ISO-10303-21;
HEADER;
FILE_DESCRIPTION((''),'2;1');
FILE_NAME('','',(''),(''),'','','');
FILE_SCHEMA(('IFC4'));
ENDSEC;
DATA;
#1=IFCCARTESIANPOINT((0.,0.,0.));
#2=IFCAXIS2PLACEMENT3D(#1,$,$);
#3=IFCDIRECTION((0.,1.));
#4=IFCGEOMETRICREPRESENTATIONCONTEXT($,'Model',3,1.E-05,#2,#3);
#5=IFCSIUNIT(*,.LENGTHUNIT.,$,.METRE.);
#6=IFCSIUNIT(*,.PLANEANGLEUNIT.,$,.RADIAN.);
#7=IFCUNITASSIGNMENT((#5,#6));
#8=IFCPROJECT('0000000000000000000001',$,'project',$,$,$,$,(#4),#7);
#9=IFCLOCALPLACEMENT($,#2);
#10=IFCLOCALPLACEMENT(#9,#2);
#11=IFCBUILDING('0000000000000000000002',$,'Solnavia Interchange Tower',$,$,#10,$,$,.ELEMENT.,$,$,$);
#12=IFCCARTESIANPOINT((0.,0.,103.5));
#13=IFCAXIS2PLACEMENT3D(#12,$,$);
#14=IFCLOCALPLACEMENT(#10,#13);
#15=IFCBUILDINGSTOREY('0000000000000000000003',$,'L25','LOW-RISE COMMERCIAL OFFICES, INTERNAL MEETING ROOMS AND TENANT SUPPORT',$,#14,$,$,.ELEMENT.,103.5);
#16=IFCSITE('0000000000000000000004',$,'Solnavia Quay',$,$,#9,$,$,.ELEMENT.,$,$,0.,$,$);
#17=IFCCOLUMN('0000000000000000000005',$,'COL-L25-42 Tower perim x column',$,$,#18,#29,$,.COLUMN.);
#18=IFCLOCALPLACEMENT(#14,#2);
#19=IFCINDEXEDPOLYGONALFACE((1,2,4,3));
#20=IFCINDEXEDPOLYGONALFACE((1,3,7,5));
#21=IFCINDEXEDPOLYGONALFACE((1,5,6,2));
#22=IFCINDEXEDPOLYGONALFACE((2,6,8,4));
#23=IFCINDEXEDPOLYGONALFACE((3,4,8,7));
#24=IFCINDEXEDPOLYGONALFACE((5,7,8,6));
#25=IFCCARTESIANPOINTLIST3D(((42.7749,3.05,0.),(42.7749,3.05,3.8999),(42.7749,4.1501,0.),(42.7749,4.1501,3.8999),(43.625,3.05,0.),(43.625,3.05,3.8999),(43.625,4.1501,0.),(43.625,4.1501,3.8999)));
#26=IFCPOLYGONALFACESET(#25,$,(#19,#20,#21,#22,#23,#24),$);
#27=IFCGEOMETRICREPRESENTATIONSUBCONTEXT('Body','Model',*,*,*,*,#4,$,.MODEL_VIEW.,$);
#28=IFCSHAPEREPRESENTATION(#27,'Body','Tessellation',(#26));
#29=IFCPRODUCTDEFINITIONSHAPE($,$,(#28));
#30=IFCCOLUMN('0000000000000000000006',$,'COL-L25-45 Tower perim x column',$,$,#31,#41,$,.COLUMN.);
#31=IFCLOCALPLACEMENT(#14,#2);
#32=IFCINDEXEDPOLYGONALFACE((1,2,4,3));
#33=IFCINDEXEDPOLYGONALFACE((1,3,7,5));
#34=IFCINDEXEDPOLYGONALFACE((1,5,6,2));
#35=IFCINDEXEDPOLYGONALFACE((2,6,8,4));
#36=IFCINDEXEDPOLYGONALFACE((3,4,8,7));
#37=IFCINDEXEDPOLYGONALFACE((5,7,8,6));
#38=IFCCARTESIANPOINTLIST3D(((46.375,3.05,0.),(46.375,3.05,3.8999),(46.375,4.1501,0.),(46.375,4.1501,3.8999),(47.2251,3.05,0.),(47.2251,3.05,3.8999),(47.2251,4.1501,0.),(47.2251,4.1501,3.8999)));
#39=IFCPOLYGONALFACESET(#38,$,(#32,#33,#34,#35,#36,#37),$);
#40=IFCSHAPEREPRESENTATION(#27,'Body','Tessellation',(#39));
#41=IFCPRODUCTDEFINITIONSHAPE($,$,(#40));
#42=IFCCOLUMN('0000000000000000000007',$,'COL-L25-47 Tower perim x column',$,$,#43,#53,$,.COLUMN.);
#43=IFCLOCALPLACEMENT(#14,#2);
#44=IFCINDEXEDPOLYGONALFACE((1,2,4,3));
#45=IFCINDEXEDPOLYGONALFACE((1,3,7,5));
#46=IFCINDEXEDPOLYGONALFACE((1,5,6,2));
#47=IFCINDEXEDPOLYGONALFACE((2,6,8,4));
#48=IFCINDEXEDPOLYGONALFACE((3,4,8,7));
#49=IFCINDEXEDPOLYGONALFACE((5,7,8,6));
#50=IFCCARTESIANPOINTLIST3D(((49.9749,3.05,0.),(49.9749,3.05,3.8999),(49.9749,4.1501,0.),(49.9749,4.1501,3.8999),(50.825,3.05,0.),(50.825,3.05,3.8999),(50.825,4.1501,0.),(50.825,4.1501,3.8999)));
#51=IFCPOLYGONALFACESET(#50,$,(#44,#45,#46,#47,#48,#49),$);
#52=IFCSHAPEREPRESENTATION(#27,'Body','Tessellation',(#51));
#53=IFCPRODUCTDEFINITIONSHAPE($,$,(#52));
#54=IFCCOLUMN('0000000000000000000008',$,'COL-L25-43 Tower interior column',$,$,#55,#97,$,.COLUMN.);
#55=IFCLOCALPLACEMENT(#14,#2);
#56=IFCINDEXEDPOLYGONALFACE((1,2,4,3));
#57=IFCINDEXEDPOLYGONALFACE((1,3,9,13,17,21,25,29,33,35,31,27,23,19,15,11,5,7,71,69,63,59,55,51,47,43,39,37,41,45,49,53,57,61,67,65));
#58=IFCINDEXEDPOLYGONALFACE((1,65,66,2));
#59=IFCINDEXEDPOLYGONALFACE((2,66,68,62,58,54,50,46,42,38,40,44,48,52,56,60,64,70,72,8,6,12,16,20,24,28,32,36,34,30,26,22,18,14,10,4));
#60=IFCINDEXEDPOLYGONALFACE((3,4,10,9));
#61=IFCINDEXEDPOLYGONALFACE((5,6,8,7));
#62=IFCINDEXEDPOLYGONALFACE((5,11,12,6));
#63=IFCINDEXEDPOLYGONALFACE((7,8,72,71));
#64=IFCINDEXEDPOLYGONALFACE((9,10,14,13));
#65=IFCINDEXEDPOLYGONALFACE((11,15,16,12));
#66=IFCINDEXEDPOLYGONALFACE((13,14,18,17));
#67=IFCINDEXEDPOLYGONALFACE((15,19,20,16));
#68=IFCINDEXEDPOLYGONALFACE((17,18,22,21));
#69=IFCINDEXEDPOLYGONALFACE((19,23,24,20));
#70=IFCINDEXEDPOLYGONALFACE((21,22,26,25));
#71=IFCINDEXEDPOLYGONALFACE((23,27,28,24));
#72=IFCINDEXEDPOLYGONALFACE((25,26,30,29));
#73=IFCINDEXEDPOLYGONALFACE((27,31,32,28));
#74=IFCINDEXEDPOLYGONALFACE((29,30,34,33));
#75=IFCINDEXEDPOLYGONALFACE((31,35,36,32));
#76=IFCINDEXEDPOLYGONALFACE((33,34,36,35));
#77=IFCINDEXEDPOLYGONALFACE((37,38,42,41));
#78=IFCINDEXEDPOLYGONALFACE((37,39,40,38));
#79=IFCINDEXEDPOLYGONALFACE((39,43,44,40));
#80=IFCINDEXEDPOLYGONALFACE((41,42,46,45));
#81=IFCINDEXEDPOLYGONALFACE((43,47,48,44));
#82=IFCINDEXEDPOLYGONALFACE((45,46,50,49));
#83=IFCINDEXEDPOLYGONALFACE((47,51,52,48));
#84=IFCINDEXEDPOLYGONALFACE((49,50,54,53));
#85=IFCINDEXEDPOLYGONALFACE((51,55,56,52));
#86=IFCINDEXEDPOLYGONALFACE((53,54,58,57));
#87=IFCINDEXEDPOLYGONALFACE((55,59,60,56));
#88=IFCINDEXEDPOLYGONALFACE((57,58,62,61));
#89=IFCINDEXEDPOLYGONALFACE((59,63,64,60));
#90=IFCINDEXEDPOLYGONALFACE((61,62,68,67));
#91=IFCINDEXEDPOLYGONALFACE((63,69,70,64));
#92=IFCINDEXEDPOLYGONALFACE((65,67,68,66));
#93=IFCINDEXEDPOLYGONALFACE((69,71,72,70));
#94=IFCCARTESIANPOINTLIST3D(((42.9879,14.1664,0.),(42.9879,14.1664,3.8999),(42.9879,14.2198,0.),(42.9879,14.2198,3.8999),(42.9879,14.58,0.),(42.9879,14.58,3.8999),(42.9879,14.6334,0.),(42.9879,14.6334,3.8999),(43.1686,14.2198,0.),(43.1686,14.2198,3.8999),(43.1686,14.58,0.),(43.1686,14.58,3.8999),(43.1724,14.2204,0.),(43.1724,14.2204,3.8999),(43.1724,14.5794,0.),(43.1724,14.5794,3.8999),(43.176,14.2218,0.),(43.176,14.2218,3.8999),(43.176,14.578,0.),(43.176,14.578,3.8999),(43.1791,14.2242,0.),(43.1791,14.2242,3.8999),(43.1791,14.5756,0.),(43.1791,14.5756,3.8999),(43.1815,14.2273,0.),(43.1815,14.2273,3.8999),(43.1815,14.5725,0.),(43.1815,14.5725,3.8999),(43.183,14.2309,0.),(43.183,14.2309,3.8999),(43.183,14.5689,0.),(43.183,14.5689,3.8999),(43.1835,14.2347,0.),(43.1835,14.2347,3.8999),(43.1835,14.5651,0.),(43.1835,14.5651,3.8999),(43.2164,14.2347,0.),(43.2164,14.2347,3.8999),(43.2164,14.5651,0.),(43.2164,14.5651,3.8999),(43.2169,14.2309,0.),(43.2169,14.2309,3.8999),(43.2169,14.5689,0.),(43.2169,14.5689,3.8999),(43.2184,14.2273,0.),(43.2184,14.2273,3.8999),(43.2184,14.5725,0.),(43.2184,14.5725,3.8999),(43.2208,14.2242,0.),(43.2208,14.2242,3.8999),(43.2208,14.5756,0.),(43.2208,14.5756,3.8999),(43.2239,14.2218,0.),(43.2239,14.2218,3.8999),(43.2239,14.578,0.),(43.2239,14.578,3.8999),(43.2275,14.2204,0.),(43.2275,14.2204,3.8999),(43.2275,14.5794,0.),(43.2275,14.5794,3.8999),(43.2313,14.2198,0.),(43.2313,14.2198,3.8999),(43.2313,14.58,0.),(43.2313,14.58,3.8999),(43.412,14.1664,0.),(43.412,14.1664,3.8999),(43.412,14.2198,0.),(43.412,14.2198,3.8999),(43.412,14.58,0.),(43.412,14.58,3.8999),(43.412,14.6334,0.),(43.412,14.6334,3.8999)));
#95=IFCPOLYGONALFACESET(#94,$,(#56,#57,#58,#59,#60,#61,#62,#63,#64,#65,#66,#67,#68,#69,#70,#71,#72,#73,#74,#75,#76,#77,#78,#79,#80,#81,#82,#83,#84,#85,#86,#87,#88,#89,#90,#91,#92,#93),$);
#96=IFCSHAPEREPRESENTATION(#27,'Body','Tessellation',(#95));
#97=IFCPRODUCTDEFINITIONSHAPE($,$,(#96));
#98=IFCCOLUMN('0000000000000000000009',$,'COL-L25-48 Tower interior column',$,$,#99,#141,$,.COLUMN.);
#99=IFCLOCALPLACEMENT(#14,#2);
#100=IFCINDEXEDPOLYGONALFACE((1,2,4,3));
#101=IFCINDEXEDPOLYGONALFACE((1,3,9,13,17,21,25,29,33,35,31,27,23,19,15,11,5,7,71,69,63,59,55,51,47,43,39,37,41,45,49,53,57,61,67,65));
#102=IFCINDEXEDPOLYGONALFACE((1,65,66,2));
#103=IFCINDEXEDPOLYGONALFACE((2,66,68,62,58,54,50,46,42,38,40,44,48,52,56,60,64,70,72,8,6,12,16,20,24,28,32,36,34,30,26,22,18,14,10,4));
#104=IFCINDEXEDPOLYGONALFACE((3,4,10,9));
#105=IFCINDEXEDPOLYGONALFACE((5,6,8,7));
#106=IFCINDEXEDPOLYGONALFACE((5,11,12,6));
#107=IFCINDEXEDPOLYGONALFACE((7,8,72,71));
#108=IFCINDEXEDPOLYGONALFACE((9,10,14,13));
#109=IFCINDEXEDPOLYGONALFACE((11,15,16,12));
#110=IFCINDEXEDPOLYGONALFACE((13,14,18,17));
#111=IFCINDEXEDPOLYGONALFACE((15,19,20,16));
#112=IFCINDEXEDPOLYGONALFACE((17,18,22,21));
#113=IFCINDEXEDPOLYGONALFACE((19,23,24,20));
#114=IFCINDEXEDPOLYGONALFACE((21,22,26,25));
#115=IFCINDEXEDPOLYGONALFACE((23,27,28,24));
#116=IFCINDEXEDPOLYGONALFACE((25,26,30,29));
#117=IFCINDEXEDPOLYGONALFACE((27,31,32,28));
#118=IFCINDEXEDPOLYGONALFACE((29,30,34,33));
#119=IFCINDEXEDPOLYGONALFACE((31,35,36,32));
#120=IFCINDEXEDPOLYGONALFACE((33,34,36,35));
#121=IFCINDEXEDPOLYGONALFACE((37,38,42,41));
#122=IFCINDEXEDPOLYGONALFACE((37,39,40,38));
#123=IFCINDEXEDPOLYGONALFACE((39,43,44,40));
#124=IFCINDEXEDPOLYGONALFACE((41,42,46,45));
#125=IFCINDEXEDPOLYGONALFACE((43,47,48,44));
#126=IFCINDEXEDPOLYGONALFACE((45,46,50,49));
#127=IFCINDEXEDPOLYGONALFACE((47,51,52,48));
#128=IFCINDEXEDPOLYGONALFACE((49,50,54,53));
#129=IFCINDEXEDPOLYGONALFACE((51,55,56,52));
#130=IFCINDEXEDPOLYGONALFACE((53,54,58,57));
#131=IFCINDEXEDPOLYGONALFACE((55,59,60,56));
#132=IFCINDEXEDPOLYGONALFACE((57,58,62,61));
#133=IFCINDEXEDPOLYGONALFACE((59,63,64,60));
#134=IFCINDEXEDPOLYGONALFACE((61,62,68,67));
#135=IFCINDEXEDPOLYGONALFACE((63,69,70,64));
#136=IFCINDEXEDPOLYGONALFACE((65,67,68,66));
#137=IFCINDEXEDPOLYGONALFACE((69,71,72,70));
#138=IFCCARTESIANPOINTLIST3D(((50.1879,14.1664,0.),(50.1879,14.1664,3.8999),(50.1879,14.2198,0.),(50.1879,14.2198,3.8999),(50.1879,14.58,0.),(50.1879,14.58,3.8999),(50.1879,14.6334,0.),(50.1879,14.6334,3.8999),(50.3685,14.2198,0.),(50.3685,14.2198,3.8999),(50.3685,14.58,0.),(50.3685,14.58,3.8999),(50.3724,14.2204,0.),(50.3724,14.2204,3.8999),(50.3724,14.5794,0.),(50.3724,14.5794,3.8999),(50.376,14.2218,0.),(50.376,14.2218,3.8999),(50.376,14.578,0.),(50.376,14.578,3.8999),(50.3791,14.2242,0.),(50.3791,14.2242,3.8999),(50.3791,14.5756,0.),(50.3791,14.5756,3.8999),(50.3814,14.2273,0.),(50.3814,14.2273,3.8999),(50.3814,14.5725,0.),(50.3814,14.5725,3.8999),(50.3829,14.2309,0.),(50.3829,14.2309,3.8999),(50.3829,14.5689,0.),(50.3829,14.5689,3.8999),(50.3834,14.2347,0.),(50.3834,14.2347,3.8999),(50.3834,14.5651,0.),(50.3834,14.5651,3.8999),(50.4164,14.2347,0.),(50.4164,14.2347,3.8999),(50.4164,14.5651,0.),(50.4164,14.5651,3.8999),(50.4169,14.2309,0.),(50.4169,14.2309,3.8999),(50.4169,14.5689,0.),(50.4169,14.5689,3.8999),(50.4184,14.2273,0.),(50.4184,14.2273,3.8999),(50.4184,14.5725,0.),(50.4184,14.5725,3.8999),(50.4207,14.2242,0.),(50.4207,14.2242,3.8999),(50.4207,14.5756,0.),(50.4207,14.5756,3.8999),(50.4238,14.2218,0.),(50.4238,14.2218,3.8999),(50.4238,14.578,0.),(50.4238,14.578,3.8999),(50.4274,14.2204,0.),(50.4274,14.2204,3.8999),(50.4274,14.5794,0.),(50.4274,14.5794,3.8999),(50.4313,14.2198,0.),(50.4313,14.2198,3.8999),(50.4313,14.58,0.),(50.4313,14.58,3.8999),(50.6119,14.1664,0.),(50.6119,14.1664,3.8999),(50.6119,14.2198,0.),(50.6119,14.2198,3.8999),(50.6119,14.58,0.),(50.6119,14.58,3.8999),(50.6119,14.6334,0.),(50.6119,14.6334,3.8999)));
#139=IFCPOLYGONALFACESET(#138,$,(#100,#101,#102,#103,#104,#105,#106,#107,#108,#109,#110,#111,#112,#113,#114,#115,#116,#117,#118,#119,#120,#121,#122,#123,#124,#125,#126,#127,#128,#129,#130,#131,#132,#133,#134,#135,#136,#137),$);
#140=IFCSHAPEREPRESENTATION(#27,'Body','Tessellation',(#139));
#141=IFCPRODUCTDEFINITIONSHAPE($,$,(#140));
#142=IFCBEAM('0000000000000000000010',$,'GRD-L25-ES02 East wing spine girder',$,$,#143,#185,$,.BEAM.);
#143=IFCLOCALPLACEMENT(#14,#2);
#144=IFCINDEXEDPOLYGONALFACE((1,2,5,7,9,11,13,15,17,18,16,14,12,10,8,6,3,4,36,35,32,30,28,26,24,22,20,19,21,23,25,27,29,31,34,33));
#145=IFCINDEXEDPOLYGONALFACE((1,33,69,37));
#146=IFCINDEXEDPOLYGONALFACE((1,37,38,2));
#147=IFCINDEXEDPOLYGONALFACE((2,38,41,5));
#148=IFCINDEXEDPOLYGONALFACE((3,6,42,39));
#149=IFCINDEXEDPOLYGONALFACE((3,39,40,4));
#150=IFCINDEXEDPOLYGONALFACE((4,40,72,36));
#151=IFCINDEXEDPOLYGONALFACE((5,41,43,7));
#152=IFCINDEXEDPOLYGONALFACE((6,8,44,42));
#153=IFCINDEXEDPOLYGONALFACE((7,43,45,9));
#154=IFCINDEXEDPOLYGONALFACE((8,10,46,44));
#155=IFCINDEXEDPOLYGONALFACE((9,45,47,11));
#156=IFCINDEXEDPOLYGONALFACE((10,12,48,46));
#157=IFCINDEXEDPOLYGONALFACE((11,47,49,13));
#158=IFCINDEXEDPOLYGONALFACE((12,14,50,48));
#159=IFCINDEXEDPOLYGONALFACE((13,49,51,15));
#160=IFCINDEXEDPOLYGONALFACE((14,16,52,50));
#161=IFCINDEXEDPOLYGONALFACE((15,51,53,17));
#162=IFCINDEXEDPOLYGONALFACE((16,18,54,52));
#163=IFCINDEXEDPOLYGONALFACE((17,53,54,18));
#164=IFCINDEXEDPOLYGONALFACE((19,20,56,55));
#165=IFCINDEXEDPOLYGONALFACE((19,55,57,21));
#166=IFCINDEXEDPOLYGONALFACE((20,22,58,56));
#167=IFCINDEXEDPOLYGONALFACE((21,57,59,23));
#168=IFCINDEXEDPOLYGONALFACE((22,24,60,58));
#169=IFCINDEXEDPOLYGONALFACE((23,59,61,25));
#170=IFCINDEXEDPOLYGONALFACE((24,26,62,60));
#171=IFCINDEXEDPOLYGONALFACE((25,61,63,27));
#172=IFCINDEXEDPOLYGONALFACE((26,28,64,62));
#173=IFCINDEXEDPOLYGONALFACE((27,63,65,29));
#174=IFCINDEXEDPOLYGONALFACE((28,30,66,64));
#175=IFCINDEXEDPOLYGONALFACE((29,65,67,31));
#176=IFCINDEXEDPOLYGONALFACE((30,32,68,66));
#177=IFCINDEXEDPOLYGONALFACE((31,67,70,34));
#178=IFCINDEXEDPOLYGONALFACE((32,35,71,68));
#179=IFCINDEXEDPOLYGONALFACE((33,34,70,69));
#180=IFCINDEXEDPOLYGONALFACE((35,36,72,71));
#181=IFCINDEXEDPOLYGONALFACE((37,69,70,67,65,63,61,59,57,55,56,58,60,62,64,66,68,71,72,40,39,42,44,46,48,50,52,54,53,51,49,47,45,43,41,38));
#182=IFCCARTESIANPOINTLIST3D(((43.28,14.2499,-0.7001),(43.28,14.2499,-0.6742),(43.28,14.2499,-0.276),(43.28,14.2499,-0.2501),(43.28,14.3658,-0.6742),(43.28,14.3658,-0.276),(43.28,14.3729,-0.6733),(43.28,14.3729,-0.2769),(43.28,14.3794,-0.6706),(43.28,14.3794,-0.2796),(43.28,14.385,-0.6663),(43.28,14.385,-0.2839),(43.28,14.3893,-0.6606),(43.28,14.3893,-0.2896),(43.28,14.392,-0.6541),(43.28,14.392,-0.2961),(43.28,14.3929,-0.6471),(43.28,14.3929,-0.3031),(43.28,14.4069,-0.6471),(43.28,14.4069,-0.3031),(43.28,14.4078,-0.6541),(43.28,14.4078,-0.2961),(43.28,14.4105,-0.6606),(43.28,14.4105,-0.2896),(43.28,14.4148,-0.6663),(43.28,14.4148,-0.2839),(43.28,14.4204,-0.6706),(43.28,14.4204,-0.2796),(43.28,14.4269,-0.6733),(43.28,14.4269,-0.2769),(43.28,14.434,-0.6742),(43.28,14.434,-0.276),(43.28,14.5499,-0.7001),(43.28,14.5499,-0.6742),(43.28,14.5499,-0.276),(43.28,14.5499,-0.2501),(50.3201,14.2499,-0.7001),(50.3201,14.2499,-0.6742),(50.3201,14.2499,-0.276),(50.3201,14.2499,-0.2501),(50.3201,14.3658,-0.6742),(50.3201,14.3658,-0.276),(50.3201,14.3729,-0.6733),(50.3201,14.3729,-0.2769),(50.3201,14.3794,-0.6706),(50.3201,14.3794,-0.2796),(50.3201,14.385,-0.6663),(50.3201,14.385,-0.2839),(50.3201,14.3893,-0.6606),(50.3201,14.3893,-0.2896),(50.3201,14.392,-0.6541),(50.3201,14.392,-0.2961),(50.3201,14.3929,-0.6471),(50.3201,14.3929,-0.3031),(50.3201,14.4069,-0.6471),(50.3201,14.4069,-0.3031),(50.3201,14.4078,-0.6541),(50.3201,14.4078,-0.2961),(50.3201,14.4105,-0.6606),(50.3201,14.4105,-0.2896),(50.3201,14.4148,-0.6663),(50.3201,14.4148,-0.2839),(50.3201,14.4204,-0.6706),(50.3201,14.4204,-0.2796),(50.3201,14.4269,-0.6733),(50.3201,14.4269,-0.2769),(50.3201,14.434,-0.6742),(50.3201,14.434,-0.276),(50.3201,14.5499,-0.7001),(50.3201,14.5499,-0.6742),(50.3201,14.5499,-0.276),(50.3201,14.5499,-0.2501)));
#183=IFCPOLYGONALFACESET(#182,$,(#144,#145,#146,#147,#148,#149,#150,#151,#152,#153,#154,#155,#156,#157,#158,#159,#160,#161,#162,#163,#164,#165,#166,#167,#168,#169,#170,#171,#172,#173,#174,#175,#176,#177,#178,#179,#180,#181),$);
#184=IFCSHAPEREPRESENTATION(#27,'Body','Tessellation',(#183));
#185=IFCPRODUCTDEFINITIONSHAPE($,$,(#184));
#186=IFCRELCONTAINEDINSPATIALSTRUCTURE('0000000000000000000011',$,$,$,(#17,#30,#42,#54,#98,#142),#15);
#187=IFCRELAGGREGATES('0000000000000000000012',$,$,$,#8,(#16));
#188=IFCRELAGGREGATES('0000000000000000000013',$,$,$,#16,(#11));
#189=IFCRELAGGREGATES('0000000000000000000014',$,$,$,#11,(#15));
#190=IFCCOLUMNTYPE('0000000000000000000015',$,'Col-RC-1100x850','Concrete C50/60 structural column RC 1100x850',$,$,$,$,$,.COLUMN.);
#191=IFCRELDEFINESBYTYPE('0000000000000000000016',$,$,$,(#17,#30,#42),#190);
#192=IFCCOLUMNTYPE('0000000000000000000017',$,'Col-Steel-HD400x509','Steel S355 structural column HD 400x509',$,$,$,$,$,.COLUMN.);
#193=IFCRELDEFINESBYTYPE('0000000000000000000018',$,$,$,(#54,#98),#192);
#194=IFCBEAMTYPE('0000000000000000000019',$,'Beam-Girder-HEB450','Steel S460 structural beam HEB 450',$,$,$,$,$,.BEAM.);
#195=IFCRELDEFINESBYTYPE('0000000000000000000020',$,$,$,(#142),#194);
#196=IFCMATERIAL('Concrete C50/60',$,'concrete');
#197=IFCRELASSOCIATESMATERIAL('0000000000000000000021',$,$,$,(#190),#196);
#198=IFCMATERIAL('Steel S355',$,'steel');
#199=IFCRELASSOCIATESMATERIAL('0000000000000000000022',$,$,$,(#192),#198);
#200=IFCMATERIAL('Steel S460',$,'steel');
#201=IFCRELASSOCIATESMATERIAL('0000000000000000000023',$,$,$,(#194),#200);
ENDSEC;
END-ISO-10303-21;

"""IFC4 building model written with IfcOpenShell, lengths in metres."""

from ifc_helpers import new_model, si_unit, direction, frame, origin, origin_2d, place, context, subcontext, project, spatial, rectangle, i_section, extrude, material, material_profile, profile_set, type_object, element, save


model = new_model("IFC4")

# Units and contexts
model_context = context("Model", 3, precision=1e-05, world=origin(), true_north=direction((0.0, 1.0)))
body_context = subcontext(model_context, "Body", "Model", "MODEL_VIEW")
ifc_project = project(units=[si_unit("LENGTHUNIT", "METRE"), si_unit("PLANEANGLEUNIT", "RADIAN")], contexts=[model_context])

# Site, building, storey
site_placement = place(None, origin())
site = spatial("IfcSite", under=ifc_project, at=site_placement, Name="Solnavia Quay", CompositionType="ELEMENT", RefElevation=0.0)
building_placement = place(site_placement, origin())
building = spatial("IfcBuilding", under=site, at=building_placement, Name="Solnavia Interchange Tower", CompositionType="ELEMENT")
storey_placement = place(building_placement, frame((0.0, 0.0, 103.5)))
storey = spatial("IfcBuildingStorey", under=building, at=storey_placement, Name="L25", Description="LOW-RISE COMMERCIAL OFFICES, INTERNAL MEETING ROOMS AND TENANT SUPPORT", CompositionType="ELEMENT", Elevation=103.5)

# Columns
ifc_material_1 = material(Name="Concrete C50/60", Category="concrete")
ifc_material_profile_1 = material_profile(ifc_material_1, rectangle(XDim=0.8501, YDim=1.1001, at=origin_2d()), Name="RC 1100x850")
ifc_profile_set_1 = profile_set([ifc_material_profile_1], Name="Concrete C50/60")
column_type_1 = type_object("IfcColumnType", Name="Col-RC-1100x850", Description="Concrete C50/60 structural column RC 1100x850", PredefinedType="COLUMN", material=ifc_profile_set_1)
for number, where, z_axis, x_axis, name in (
    (1, (43.2, 3.6001, 0.0), (0.0, 0.0, 1.0), (1.0, 0.0, 0.0), "COL-L25-42 Tower perim x column"),
    (2, (46.8, 3.6001, 0.0), (0.0, 0.0, 1.0), (1.0, 0.0, 0.0), "COL-L25-45 Tower perim x column"),
    (3, (50.3999, 3.6001, 0.0), (0.0, 0.0, 1.0), (1.0, 0.0, 0.0), "COL-L25-47 Tower perim x column"),
):
    element("IfcColumn", number, at=place(storey_placement, frame(where, z_axis=z_axis, x_axis=x_axis)), inside=storey, type_object=column_type_1, Name=name, PredefinedType="COLUMN", context=body_context, shape_type="SweptSolid", body=[
        extrude(rectangle(XDim=0.8501, YDim=1.1001, at=origin_2d()), origin(), (0.0, 0.0, 1.0), 3.8999),
    ])
ifc_material_2 = material(Name="Steel S355", Category="steel")
ifc_material_profile_2 = material_profile(ifc_material_2, i_section(OverallWidth=0.4241, OverallDepth=0.467, WebThickness=0.033, FlangeThickness=0.0535, FilletRadius=0.0149, at=origin_2d()), Name="HD 400x509")
ifc_profile_set_2 = profile_set([ifc_material_profile_2], Name="Steel S355")
column_type_2 = type_object("IfcColumnType", Name="Col-Steel-HD400x509", Description="Steel S355 structural column HD 400x509", PredefinedType="COLUMN", material=ifc_profile_set_2)
for number, where, z_axis, x_axis, name in (
    (4, (43.2, 14.3999, 0.0), (0.0, 0.0, 1.0), (1.0, 0.0, 0.0), "COL-L25-43 Tower interior column"),
    (5, (50.3999, 14.3999, 0.0), (0.0, 0.0, 1.0), (1.0, 0.0, 0.0), "COL-L25-48 Tower interior column"),
):
    element("IfcColumn", number, at=place(storey_placement, frame(where, z_axis=z_axis, x_axis=x_axis)), inside=storey, type_object=column_type_2, Name=name, PredefinedType="COLUMN", context=body_context, shape_type="SweptSolid", body=[
        extrude(i_section(OverallWidth=0.4241, OverallDepth=0.467, WebThickness=0.033, FlangeThickness=0.0535, FilletRadius=0.0149, at=origin_2d()), origin(), (0.0, 0.0, 1.0), 3.8999),
    ])

# Beam
ifc_material_3 = material(Name="Steel S460", Category="steel")
ifc_material_profile_3 = material_profile(ifc_material_3, i_section(OverallWidth=0.3, OverallDepth=0.45, WebThickness=0.0139, FlangeThickness=0.0259, FilletRadius=0.0271, at=origin_2d()), Name="HEB 450")
ifc_profile_set_3 = profile_set([ifc_material_profile_3], Name="Steel S460")
beam_type_1 = type_object("IfcBeamType", Name="Beam-Girder-HEB450", Description="Steel S460 structural beam HEB 450", PredefinedType="BEAM", material=ifc_profile_set_3)
beam_1_placement = place(storey_placement, frame((43.28, 14.3999, -0.4751), z_axis=(1.0, 0.0, 0.0), x_axis=(0.0, 1.0, 0.0)))
element("IfcBeam", 6, at=beam_1_placement, inside=storey, type_object=beam_type_1, Name="GRD-L25-ES02 East wing spine girder", PredefinedType="BEAM", context=body_context, shape_type="SweptSolid", body=[
    extrude(i_section(OverallWidth=0.3, OverallDepth=0.45, WebThickness=0.0139, FlangeThickness=0.0259, FilletRadius=0.0271, at=origin_2d()), origin(), (0.0, 0.0, 1.0), 7.04),
])

save(model, "model.ifc")
